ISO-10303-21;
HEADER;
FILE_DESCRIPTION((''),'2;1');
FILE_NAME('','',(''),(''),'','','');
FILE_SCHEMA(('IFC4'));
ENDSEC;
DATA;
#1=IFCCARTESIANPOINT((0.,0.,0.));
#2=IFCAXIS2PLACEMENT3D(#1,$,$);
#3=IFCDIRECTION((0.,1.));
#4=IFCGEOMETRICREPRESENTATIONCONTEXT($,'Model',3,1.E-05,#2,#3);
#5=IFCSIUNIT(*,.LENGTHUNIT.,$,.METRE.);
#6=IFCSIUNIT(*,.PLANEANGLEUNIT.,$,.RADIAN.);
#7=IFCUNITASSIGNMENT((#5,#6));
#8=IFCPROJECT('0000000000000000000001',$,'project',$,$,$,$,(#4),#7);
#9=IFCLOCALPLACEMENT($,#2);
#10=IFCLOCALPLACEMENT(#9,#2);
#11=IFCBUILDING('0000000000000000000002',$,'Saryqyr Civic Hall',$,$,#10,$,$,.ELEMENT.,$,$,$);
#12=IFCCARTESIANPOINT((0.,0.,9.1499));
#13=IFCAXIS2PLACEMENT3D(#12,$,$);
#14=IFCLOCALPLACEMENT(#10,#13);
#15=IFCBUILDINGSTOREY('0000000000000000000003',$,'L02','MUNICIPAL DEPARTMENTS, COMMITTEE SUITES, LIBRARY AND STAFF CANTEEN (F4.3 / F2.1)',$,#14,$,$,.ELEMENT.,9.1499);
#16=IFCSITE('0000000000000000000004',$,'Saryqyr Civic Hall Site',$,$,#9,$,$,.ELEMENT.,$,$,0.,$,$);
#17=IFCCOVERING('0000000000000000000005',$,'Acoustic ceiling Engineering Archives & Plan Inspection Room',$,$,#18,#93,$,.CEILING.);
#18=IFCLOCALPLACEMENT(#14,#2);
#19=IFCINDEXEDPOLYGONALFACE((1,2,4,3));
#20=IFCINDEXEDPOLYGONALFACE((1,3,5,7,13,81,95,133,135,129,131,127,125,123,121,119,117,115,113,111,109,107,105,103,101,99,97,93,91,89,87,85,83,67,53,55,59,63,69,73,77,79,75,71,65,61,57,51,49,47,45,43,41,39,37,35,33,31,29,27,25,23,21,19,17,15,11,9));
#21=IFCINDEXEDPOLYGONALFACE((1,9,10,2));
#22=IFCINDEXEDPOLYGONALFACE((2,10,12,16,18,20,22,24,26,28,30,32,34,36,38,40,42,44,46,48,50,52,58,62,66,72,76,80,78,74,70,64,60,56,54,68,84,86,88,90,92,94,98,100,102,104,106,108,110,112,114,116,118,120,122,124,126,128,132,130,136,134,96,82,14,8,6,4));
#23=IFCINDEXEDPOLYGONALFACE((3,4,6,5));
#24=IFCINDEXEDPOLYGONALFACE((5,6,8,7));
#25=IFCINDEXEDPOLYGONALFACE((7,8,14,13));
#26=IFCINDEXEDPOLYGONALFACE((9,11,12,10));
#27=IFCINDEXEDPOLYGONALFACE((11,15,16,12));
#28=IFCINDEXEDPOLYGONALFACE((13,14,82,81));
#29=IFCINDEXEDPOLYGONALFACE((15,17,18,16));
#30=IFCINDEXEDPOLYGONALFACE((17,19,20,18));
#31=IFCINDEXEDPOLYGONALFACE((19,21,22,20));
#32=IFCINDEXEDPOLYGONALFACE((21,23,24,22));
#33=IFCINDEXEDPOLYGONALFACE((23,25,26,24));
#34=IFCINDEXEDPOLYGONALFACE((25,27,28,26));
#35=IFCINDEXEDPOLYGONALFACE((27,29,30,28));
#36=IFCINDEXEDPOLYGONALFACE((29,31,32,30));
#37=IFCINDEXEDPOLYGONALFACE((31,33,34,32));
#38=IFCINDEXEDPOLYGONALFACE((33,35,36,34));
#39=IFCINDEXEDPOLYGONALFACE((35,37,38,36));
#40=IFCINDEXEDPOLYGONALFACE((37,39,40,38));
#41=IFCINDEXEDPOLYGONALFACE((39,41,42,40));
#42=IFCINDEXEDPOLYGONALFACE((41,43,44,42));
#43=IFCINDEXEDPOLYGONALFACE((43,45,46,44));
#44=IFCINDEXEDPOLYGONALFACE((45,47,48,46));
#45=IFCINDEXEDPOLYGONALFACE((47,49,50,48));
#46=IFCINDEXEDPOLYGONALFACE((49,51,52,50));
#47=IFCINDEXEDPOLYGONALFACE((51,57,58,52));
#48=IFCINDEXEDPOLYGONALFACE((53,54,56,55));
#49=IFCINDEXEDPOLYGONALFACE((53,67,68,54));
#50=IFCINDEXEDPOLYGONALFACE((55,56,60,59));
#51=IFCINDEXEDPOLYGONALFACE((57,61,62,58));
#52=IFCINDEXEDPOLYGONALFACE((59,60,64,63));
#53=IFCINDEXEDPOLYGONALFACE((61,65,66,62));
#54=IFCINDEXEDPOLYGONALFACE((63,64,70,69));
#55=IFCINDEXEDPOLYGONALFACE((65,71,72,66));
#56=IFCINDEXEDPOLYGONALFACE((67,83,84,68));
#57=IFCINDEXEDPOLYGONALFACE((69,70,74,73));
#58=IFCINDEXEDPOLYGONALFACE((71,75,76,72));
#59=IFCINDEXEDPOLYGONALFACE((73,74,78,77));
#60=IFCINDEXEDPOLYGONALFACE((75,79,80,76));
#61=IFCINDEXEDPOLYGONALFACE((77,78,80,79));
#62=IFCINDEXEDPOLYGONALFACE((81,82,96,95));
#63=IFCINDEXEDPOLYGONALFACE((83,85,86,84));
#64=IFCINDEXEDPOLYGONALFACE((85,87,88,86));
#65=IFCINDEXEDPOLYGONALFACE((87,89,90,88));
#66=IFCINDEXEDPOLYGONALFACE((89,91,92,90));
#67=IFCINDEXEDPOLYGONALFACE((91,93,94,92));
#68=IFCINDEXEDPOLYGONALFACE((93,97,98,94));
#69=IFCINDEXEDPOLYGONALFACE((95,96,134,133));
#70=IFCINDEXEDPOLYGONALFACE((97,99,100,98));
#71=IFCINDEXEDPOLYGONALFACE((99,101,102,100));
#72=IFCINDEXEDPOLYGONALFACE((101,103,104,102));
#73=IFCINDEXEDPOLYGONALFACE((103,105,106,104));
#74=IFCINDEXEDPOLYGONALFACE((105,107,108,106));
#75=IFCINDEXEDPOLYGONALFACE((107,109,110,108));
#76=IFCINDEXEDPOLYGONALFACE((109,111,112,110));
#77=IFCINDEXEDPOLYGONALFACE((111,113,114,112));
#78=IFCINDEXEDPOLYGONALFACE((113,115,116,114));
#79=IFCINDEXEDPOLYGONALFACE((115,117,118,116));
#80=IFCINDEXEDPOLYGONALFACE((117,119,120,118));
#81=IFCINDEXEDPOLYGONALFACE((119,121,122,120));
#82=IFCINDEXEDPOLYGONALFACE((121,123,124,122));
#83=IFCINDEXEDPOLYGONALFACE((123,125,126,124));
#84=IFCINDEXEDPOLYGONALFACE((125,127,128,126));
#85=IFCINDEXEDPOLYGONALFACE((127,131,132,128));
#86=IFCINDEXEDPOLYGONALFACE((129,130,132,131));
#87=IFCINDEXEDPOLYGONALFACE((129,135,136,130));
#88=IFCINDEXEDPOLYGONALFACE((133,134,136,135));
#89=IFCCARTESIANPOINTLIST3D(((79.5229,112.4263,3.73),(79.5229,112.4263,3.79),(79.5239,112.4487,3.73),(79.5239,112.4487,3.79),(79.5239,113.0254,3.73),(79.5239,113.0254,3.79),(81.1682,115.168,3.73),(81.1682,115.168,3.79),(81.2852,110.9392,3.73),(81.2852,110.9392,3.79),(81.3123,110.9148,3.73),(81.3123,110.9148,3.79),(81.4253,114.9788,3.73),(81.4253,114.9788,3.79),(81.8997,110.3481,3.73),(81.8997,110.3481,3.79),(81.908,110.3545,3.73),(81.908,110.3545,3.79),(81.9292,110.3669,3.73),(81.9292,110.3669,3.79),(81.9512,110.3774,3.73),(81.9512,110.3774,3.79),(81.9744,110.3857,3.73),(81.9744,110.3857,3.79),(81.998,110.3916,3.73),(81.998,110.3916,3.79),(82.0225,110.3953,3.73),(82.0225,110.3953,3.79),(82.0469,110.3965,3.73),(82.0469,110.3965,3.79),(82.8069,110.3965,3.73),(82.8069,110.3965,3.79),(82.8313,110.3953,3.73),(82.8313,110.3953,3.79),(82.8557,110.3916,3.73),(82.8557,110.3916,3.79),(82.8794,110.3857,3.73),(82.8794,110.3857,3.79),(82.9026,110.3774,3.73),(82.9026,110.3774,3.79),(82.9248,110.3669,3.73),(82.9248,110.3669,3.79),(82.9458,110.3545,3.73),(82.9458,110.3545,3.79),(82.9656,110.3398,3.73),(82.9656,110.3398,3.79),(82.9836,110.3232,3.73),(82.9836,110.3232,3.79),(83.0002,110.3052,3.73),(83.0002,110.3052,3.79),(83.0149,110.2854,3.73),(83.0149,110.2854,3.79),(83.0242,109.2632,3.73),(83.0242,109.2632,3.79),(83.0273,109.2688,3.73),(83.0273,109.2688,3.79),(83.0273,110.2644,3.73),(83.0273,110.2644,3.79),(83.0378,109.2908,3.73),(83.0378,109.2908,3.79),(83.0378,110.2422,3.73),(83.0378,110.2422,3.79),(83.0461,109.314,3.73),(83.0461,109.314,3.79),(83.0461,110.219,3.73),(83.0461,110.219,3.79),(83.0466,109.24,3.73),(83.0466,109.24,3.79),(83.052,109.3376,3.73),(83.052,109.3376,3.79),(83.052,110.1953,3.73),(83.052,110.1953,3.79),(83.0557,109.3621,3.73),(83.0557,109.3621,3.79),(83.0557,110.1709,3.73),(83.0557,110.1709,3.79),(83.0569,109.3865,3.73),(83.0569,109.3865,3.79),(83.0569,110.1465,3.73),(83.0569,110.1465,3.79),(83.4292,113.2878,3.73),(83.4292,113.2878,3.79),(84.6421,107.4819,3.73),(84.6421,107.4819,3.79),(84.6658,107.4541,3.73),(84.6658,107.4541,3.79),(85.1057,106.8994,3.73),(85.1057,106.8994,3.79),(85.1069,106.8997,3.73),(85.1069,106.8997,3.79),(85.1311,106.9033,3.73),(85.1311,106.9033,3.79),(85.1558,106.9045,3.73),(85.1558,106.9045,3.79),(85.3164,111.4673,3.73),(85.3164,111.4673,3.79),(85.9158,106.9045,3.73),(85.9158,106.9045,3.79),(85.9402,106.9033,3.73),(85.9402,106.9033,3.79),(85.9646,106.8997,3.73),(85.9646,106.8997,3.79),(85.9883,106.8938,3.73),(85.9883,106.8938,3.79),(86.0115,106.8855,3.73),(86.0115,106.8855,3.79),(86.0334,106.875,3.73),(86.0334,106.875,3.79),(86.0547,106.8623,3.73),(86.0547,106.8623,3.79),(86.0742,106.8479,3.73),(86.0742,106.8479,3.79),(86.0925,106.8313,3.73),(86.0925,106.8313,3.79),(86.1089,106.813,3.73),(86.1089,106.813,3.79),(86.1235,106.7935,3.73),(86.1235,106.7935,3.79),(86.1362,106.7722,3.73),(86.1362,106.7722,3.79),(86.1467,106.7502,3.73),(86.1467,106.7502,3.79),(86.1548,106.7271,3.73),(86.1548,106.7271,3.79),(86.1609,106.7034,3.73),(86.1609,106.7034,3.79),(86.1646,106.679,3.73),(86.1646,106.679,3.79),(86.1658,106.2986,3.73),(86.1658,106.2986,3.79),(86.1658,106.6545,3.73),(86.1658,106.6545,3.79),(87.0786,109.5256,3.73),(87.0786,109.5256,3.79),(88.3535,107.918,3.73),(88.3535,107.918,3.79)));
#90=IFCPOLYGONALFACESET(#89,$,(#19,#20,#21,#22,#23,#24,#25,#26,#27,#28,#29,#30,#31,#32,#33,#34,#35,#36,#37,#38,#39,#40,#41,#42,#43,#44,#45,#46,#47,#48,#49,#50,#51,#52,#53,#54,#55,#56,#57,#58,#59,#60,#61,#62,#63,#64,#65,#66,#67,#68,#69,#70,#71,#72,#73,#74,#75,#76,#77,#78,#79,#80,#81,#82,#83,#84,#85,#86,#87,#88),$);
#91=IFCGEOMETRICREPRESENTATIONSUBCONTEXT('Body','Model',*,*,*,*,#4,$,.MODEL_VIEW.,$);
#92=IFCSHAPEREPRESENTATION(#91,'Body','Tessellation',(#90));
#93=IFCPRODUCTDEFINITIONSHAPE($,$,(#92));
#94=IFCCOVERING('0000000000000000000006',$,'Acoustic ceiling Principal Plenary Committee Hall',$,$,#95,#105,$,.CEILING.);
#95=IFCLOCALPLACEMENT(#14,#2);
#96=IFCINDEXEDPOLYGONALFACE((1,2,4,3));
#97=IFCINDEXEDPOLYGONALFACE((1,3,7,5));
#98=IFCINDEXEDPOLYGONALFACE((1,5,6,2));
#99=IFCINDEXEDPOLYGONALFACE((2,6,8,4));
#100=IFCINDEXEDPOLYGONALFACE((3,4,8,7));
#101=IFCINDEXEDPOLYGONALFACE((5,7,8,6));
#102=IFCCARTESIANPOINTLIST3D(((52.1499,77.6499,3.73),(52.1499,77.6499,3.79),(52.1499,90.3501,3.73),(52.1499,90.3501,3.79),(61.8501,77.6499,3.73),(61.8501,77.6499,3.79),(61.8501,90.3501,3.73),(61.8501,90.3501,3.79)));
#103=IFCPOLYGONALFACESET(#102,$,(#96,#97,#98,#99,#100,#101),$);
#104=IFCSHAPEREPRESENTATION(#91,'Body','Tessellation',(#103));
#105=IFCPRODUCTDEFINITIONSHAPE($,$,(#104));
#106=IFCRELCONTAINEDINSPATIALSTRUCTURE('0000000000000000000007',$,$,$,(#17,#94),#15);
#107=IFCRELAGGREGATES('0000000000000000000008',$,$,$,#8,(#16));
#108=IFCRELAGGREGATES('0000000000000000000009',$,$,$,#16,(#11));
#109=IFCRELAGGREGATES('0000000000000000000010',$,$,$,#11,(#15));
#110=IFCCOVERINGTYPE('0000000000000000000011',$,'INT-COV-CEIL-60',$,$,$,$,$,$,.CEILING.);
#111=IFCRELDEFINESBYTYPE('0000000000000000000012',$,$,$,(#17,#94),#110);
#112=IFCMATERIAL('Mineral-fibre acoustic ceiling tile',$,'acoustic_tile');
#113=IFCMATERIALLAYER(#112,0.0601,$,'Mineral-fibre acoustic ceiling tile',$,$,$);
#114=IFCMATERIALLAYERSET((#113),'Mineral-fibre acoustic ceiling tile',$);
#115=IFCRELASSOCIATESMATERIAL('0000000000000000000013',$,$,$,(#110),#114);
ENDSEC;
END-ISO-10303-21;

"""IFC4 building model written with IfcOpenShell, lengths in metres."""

from ifc_helpers import new_model, si_unit, direction, frame, origin, place, context, subcontext, project, spatial, polyline, outline, extrude, material, layer, layer_set, type_object, element, save


model = new_model("IFC4")

# Units and contexts
model_context = context("Model", 3, precision=1e-05, world=origin(), true_north=direction((0.0, 1.0)))
body_context = subcontext(model_context, "Body", "Model", "MODEL_VIEW")
ifc_project = project(units=[si_unit("LENGTHUNIT", "METRE"), si_unit("PLANEANGLEUNIT", "RADIAN")], contexts=[model_context])

# Site, building, storey
site_placement = place(None, origin())
site = spatial("IfcSite", under=ifc_project, at=site_placement, Name="Saryqyr Civic Hall Site", CompositionType="ELEMENT", RefElevation=0.0)
building_placement = place(site_placement, origin())
building = spatial("IfcBuilding", under=site, at=building_placement, Name="Saryqyr Civic Hall", CompositionType="ELEMENT")
storey_placement = place(building_placement, frame((0.0, 0.0, 9.1499)))
storey = spatial("IfcBuildingStorey", under=building, at=storey_placement, Name="L02", Description="MUNICIPAL DEPARTMENTS, COMMITTEE SUITES, LIBRARY AND STAFF CANTEEN (F4.3 / F2.1)", CompositionType="ELEMENT", Elevation=9.1499)

# Coverings
ifc_material_1 = material(Name="Mineral-fibre acoustic ceiling tile", Category="acoustic_tile")
ifc_layer_1 = layer(ifc_material_1, 0.0601, Name="Mineral-fibre acoustic ceiling tile")
ifc_layer_set_1 = layer_set([ifc_layer_1], Name="Mineral-fibre acoustic ceiling tile")
covering_type = type_object("IfcCoveringType", Name="INT-COV-CEIL-60", PredefinedType="CEILING", material=ifc_layer_set_1)
covering_1_placement = place(storey_placement, frame((0.0, 0.0, 3.73)))
element("IfcCovering", 1, at=covering_1_placement, inside=storey, type_object=covering_type, Name="Acoustic ceiling Engineering Archives & Plan Inspection Room", PredefinedType="CEILING", context=body_context, shape_type="SweptSolid", body=[
    extrude(outline(polyline([(83.0242, 109.2632), (83.0273, 109.2688), (83.0378, 109.2908), (83.0461, 109.314), (83.052, 109.3376), (83.0557, 109.3621), (83.0569, 109.3865), (83.0569, 110.1465), (83.0557, 110.1709), (83.052, 110.1953), (83.0461, 110.219), (83.0378, 110.2422), (83.0273, 110.2644), (83.0149, 110.2854), (83.0002, 110.3052), (82.9836, 110.3232), (82.9656, 110.3398), (82.9458, 110.3545), (82.9248, 110.3669), (82.9026, 110.3774), (82.8794, 110.3857), (82.8557, 110.3916), (82.8313, 110.3953), (82.8069, 110.3965), (82.0469, 110.3965), (82.0225, 110.3953), (81.998, 110.3916), (81.9744, 110.3857), (81.9512, 110.3774), (81.9292, 110.3669), (81.908, 110.3545), (81.8997, 110.3481), (81.3123, 110.9148), (81.2852, 110.9392), (79.5229, 112.4263), (79.5239, 112.4487), (79.5239, 113.0254), (81.1682, 115.168), (81.4253, 114.9788), (83.4292, 113.2878), (85.3164, 111.4673), (87.0786, 109.5256), (88.3535, 107.918), (86.1658, 106.2986), (86.1658, 106.6545), (86.1646, 106.679), (86.1609, 106.7034), (86.1548, 106.7271), (86.1467, 106.7502), (86.1362, 106.7722), (86.1235, 106.7935), (86.1089, 106.813), (86.0925, 106.8313), (86.0742, 106.8479), (86.0547, 106.8623), (86.0334, 106.875), (86.0115, 106.8855), (85.9883, 106.8938), (85.9646, 106.8997), (85.9402, 106.9033), (85.9158, 106.9045), (85.1558, 106.9045), (85.1311, 106.9033), (85.1069, 106.8997), (85.1057, 106.8994), (84.6658, 107.4541), (84.6421, 107.4819), (83.0466, 109.24), (83.0242, 109.2632)])), origin(), (0.0, 0.0, 1.0), 0.0601),
])
covering_2_placement = place(storey_placement, frame((0.0, 0.0, 3.73)))
element("IfcCovering", 2, at=covering_2_placement, inside=storey, type_object=covering_type, Name="Acoustic ceiling Principal Plenary Committee Hall", PredefinedType="CEILING", context=body_context, shape_type="SweptSolid", body=[
    extrude(outline(polyline([(52.1499, 77.6499), (52.1499, 90.3501), (61.8501, 90.3501), (61.8501, 77.6499), (52.1499, 77.6499)])), origin(), (0.0, 0.0, 1.0), 0.0601),
])

save(model, "model.ifc")
